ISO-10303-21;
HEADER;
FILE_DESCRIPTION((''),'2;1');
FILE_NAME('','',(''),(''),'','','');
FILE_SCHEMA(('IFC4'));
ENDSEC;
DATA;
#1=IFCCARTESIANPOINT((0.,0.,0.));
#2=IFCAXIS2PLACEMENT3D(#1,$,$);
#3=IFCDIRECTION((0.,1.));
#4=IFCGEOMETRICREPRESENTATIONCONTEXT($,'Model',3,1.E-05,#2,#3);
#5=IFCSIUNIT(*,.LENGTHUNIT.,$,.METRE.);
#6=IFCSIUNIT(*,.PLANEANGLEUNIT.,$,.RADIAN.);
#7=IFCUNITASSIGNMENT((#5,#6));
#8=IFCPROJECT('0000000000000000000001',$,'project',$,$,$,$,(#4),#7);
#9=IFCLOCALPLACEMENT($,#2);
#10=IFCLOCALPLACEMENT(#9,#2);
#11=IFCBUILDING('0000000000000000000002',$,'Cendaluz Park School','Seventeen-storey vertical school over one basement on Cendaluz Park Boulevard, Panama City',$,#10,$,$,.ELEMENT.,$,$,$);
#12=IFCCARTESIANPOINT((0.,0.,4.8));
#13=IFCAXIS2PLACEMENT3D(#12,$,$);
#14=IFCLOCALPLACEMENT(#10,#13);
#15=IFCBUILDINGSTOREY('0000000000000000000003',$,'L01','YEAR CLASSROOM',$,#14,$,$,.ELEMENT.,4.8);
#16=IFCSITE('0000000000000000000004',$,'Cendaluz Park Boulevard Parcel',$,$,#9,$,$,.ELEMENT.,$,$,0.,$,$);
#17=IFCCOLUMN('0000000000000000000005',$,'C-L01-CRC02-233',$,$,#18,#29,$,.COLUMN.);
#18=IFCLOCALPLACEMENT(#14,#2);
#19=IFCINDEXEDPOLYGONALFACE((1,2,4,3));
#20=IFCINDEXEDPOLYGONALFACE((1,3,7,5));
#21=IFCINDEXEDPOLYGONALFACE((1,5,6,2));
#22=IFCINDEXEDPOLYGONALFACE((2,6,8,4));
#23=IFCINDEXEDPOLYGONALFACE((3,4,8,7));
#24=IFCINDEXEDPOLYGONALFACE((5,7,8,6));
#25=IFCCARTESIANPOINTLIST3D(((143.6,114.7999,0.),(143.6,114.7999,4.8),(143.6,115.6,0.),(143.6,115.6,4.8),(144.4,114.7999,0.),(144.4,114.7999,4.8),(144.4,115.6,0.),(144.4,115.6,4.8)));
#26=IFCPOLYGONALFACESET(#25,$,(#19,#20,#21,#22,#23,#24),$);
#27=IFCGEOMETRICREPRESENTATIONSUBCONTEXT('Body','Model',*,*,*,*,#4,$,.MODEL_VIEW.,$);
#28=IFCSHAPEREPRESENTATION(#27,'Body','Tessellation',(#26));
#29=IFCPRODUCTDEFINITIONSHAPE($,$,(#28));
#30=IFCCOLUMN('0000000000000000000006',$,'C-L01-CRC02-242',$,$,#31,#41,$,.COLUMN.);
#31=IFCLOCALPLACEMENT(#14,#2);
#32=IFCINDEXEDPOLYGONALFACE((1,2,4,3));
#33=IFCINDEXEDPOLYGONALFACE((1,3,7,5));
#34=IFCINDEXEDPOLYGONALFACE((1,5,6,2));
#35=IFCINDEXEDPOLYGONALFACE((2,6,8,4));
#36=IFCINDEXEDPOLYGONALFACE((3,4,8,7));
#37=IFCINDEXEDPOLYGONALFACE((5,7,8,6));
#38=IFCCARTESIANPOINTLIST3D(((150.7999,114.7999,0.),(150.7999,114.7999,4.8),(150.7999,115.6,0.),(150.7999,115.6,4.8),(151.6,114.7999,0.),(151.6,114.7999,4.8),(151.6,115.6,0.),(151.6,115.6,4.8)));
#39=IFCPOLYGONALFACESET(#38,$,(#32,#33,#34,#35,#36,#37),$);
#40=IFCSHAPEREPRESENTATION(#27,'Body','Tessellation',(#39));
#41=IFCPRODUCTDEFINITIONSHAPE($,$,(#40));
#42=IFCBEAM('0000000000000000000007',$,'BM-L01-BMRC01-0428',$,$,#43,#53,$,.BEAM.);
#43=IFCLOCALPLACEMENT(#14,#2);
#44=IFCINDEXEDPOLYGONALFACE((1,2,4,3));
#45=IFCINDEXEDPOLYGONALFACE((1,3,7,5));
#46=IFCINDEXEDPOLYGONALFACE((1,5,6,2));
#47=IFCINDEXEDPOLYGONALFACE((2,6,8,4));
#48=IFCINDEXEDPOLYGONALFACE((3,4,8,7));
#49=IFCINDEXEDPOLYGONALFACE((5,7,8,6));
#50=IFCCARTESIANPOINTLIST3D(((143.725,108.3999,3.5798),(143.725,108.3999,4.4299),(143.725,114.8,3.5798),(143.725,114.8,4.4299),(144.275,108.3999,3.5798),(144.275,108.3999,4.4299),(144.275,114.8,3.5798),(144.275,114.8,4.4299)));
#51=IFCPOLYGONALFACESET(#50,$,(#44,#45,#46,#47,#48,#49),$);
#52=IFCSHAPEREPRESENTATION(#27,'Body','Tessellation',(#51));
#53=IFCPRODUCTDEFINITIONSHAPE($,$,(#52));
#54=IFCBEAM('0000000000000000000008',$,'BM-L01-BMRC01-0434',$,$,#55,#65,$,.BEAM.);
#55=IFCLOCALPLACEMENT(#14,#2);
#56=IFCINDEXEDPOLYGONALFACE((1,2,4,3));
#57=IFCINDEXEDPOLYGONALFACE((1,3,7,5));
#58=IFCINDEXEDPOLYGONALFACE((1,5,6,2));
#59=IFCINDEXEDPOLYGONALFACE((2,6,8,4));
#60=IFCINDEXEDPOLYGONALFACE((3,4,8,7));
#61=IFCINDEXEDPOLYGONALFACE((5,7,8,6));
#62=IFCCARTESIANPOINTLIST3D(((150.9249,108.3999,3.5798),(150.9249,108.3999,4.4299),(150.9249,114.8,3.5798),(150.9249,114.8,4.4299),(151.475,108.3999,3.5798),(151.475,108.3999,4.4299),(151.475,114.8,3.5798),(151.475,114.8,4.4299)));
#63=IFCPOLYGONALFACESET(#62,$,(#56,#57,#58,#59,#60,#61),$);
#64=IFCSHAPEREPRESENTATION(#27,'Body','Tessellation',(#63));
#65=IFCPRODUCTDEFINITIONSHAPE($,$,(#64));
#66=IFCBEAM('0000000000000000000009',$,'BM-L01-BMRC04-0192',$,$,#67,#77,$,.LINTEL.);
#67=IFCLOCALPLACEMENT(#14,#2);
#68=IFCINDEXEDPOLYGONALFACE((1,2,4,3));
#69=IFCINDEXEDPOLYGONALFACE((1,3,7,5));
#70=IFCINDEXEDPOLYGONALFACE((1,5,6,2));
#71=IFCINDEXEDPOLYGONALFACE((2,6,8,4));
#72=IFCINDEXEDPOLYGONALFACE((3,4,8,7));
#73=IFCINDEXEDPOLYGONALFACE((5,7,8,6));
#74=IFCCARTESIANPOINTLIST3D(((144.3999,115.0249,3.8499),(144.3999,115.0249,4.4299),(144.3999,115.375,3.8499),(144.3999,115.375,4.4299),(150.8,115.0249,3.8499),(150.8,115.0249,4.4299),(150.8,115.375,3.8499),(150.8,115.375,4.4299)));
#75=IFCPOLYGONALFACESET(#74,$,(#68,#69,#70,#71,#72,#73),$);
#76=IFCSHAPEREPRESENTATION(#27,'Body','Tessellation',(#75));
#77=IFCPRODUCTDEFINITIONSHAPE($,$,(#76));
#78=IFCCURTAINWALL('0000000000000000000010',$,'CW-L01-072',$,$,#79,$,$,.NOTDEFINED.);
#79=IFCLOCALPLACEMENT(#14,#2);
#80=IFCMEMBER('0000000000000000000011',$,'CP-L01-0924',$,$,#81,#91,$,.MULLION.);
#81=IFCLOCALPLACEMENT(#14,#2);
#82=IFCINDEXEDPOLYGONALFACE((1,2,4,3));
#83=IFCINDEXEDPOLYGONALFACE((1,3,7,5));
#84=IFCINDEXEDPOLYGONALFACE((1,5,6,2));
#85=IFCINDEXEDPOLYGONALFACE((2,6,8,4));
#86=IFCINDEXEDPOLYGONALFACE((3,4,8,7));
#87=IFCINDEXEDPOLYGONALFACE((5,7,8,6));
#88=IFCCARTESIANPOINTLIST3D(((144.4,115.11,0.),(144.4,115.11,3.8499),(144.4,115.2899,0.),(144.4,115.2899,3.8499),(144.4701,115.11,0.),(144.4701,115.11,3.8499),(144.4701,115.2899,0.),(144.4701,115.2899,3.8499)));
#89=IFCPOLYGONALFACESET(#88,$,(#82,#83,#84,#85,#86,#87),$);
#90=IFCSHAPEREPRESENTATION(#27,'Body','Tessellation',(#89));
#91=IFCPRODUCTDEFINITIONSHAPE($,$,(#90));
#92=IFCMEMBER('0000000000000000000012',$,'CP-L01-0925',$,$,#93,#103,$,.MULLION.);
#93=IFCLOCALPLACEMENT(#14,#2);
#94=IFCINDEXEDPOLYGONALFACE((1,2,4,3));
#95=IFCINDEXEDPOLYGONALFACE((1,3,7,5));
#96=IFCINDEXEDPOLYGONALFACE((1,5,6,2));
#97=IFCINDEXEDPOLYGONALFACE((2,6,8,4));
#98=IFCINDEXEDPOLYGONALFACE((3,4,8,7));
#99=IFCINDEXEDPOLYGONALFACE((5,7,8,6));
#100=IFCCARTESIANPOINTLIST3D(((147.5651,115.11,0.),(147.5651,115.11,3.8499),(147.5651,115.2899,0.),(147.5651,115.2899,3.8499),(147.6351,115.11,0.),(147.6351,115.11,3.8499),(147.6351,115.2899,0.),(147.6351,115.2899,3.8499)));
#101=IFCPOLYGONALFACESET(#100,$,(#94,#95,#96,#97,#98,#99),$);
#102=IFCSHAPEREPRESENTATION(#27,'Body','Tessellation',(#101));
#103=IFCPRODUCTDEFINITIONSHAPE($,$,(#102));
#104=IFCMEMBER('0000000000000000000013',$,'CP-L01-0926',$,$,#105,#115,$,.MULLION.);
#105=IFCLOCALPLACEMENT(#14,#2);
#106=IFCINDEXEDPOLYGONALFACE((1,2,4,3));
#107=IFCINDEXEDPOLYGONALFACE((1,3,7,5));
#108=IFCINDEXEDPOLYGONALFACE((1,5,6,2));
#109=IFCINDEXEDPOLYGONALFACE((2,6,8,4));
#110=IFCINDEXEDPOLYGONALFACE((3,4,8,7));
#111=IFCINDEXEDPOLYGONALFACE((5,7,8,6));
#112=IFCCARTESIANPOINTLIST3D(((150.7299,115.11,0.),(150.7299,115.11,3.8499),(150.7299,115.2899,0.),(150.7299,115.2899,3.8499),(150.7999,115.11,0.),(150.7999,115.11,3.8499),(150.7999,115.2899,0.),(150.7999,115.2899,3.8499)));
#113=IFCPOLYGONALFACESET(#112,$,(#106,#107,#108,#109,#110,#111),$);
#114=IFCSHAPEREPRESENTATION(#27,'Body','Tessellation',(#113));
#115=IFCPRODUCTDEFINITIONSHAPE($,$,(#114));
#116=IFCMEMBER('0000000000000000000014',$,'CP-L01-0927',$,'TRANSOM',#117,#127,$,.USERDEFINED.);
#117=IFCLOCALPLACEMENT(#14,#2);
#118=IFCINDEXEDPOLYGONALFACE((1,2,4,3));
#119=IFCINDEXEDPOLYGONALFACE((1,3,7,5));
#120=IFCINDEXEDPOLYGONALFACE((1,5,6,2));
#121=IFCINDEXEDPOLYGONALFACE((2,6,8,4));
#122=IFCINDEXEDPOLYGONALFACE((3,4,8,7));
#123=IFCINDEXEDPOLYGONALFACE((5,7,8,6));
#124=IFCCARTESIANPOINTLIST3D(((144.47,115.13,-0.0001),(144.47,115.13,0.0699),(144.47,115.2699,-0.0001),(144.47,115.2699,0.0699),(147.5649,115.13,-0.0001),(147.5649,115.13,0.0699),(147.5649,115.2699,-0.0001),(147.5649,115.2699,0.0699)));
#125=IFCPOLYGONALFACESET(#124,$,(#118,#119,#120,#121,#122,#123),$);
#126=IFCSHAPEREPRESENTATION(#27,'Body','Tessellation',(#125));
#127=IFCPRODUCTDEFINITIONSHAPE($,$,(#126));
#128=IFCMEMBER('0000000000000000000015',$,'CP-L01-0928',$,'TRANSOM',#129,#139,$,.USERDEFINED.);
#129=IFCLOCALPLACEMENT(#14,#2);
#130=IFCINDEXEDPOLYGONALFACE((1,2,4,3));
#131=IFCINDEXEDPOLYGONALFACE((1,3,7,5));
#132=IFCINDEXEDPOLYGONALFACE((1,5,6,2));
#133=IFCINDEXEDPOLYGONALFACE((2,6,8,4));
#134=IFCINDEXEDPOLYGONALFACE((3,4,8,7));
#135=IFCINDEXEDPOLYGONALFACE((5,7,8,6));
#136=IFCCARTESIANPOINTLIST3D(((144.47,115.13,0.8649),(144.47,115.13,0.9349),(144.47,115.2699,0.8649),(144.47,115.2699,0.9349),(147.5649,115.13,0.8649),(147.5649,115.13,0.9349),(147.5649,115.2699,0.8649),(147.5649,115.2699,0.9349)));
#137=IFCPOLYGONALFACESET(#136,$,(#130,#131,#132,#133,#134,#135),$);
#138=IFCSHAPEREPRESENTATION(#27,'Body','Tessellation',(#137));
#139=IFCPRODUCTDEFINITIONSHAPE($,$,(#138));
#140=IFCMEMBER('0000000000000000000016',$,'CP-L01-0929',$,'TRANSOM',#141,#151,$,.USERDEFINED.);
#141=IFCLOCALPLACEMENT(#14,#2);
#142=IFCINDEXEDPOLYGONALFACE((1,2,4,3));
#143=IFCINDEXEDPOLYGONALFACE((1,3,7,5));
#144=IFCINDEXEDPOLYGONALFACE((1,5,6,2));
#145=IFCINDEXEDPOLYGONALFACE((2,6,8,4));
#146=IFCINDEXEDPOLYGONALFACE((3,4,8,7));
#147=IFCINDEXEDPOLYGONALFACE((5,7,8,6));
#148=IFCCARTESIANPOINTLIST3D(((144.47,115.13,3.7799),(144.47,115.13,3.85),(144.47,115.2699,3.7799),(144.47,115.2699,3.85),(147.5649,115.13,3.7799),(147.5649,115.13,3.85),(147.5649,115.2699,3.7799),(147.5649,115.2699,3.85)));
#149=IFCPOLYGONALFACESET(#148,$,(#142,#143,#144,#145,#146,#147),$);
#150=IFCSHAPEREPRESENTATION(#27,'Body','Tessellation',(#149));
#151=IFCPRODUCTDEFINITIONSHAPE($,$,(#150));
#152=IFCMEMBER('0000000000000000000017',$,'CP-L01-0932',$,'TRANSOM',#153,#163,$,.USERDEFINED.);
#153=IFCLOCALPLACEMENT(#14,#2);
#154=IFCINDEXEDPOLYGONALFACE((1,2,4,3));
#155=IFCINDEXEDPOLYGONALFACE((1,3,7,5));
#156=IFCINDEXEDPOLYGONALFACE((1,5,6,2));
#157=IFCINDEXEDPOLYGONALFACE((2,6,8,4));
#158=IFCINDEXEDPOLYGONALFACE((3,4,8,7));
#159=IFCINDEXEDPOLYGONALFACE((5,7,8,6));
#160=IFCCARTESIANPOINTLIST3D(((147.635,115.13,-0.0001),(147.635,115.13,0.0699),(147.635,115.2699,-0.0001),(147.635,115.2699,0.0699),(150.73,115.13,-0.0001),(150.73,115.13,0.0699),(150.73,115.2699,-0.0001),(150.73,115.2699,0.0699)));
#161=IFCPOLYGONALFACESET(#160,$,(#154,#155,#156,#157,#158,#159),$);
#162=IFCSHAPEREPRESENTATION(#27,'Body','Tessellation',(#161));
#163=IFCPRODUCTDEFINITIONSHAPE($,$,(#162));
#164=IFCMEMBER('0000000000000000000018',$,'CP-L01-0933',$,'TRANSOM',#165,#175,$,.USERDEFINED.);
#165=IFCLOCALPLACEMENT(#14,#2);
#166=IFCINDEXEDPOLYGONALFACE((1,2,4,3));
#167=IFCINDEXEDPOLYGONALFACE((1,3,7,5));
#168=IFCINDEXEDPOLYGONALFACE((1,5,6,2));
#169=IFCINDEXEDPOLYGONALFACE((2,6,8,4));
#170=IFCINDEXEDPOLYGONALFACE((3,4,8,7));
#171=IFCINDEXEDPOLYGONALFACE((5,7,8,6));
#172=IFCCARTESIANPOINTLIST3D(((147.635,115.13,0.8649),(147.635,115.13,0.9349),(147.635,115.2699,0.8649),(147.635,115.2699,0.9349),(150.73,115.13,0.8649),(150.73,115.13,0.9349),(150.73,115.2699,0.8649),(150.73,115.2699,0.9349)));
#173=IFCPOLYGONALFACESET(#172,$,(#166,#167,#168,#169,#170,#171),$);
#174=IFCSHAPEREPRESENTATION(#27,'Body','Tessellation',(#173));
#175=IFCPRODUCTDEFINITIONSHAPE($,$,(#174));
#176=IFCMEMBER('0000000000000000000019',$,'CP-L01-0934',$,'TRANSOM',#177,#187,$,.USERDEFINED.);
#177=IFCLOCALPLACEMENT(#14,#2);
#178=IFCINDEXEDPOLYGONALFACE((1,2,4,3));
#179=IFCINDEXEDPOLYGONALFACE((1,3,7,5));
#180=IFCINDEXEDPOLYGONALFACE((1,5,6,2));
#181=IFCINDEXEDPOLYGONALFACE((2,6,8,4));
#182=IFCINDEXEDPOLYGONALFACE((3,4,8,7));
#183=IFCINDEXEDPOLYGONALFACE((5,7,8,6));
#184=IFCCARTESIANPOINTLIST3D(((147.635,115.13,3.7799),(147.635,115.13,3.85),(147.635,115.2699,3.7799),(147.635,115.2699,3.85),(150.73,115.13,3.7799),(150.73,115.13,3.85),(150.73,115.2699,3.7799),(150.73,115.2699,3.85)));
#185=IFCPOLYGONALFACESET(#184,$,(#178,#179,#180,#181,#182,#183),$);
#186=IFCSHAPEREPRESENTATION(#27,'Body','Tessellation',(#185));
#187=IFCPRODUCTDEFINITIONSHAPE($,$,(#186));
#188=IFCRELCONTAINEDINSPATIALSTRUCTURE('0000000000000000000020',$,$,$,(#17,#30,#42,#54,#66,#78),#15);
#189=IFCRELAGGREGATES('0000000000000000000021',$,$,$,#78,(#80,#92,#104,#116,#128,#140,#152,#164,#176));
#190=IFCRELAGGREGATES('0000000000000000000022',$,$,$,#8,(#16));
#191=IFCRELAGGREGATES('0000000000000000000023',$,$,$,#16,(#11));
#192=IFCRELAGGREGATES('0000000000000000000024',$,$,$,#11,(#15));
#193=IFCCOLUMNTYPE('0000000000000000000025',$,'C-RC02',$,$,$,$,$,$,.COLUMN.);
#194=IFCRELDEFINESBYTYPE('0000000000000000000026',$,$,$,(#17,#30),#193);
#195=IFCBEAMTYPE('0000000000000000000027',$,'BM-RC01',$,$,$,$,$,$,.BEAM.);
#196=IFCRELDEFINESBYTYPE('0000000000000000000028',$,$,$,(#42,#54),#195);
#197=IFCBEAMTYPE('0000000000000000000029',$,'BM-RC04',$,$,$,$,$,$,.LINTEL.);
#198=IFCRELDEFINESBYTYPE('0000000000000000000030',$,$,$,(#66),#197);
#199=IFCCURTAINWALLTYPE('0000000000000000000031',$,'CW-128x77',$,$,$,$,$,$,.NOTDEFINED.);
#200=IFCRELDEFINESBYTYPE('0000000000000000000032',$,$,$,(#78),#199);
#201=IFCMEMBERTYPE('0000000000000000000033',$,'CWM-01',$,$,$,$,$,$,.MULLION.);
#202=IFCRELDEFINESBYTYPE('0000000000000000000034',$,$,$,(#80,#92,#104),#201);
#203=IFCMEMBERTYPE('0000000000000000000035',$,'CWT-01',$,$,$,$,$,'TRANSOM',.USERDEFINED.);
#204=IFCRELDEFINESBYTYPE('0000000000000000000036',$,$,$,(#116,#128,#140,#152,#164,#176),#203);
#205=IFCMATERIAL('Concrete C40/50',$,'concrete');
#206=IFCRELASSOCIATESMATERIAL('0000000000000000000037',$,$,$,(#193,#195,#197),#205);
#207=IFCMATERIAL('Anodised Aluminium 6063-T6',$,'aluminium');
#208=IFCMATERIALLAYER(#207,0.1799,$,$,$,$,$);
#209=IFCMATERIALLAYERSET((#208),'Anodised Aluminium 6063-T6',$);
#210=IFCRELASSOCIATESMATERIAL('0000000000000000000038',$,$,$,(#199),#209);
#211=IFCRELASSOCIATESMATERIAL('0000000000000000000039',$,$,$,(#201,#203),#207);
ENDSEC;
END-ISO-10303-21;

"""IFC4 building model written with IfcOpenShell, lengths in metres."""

from ifc_helpers import new_model, si_unit, direction, frame, origin, origin_2d, place, context, subcontext, project, spatial, rectangle, extrude, material, layer, layer_set, material_profile, profile_set, type_object, element, aggregate, save


model = new_model("IFC4")

# Units and contexts
model_context = context("Model", 3, precision=1e-05, world=origin(), true_north=direction((0.0, 1.0)))
body_context = subcontext(model_context, "Body", "Model", "MODEL_VIEW")
ifc_project = project(units=[si_unit("LENGTHUNIT", "METRE"), si_unit("PLANEANGLEUNIT", "RADIAN")], contexts=[model_context])

# Site, building, storey
site_placement = place(None, origin())
site = spatial("IfcSite", under=ifc_project, at=site_placement, Name="Cendaluz Park Boulevard Parcel", CompositionType="ELEMENT", RefElevation=0.0)
building_placement = place(site_placement, origin())
building = spatial("IfcBuilding", under=site, at=building_placement, Name="Cendaluz Park School", Description="Seventeen-storey vertical school over one basement on Cendaluz Park Boulevard, Panama City", CompositionType="ELEMENT")
storey_placement = place(building_placement, frame((0.0, 0.0, 4.8)))
storey = spatial("IfcBuildingStorey", under=building, at=storey_placement, Name="L01", Description="YEAR CLASSROOM", CompositionType="ELEMENT", Elevation=4.8)

# Columns
ifc_material_1 = material(Name="Concrete C40/50", Category="concrete")
ifc_material_profile_1 = material_profile(ifc_material_1, rectangle(XDim=0.8, YDim=0.8, at=origin_2d()), Name="RC 800x800", Category="concrete")
ifc_profile_set_1 = profile_set([ifc_material_profile_1], Name="Concrete C40/50")
column_type = type_object("IfcColumnType", Name="C-RC02", PredefinedType="COLUMN", material=ifc_profile_set_1)
for number, where, z_axis, x_axis, name in (
    (1, (144.0, 115.2, 0.0), (0.0, 0.0, 1.0), (1.0, 0.0, 0.0), "C-L01-CRC02-233"),
    (2, (151.2, 115.2, 0.0), (0.0, 0.0, 1.0), (1.0, 0.0, 0.0), "C-L01-CRC02-242"),
):
    element("IfcColumn", number, at=place(storey_placement, frame(where, z_axis=z_axis, x_axis=x_axis)), inside=storey, type_object=column_type, Name=name, PredefinedType="COLUMN", context=body_context, shape_type="SweptSolid", body=[
        extrude(rectangle(XDim=0.8, YDim=0.8, at=origin_2d()), origin(), (0.0, 0.0, 1.0), 4.8),
    ])

# Beams
ifc_material_profile_2 = material_profile(ifc_material_1, rectangle(XDim=0.55, YDim=0.8501, at=origin_2d()), Name="RC 550x850", Category="concrete")
ifc_profile_set_2 = profile_set([ifc_material_profile_2], Name="Concrete C40/50")
beam_type_1 = type_object("IfcBeamType", Name="BM-RC01", PredefinedType="BEAM", material=ifc_profile_set_2)
for number, where, z_axis, x_axis, name in (
    (3, (144.0, 108.3999, 4.0049), (0.0, 1.0, 0.0), (-1.0, 0.0, 0.0), "BM-L01-BMRC01-0428"),
    (4, (151.2, 108.3999, 4.0049), (0.0, 1.0, 0.0), (-1.0, 0.0, 0.0), "BM-L01-BMRC01-0434"),
):
    element("IfcBeam", number, at=place(storey_placement, frame(where, z_axis=z_axis, x_axis=x_axis)), inside=storey, type_object=beam_type_1, Name=name, PredefinedType="BEAM", context=body_context, shape_type="SweptSolid", body=[
        extrude(rectangle(XDim=0.55, YDim=0.8501, at=origin_2d()), origin(), (0.0, 0.0, 1.0), 6.4001),
    ])
ifc_material_profile_3 = material_profile(ifc_material_1, rectangle(XDim=0.3501, YDim=0.5801, at=origin_2d()), Name="RC 350x580", Category="concrete")
ifc_profile_set_3 = profile_set([ifc_material_profile_3], Name="Concrete C40/50")
beam_type_2 = type_object("IfcBeamType", Name="BM-RC04", PredefinedType="LINTEL", material=ifc_profile_set_3)
beam_placement = place(storey_placement, frame((144.3999, 115.2, 4.1399), z_axis=(1.0, 0.0, 0.0), x_axis=(0.0, 1.0, 0.0)))
element("IfcBeam", 5, at=beam_placement, inside=storey, type_object=beam_type_2, Name="BM-L01-BMRC04-0192", PredefinedType="LINTEL", context=body_context, shape_type="SweptSolid", body=[
    extrude(rectangle(XDim=0.3501, YDim=0.5801, at=origin_2d()), origin(), (0.0, 0.0, 1.0), 6.4001),
])

# Curtain wall, members
ifc_material_2 = material(Name="Anodised Aluminium 6063-T6", Category="aluminium")
ifc_layer_1 = layer(ifc_material_2, 0.1799)
ifc_layer_set_1 = layer_set([ifc_layer_1], Name="Anodised Aluminium 6063-T6")
curtain_wall_type = type_object("IfcCurtainWallType", Name="CW-128x77", PredefinedType="NOTDEFINED", material=ifc_layer_set_1)
curtain_wall_placement = place(storey_placement, origin())
curtain_wall = element("IfcCurtainWall", 6, at=curtain_wall_placement, inside=storey, type_object=curtain_wall_type, Name="CW-L01-072", PredefinedType="NOTDEFINED")
ifc_material_profile_4 = material_profile(ifc_material_2, rectangle(XDim=0.1799, YDim=0.0701, at=origin_2d()), Name="CWM 180x70", Category="aluminium")
ifc_profile_set_4 = profile_set([ifc_material_profile_4], Name="Anodised Aluminium 6063-T6")
member_type_1 = type_object("IfcMemberType", Name="CWM-01", PredefinedType="MULLION", material=ifc_profile_set_4)
member_1_placement = place(storey_placement, frame((144.4351, 115.2, 0.0), z_axis=(0.0, 0.0, 1.0), x_axis=(0.0, 1.0, 0.0)))
member_1 = element("IfcMember", 7, at=member_1_placement, type_object=member_type_1, Name="CP-L01-0924", PredefinedType="MULLION", context=body_context, shape_type="SweptSolid", body=[
    extrude(rectangle(XDim=0.1799, YDim=0.0701, at=origin_2d()), origin(), (0.0, 0.0, 1.0), 3.8499),
])
member_2_placement = place(storey_placement, frame((147.6001, 115.2, 0.0), z_axis=(0.0, 0.0, 1.0), x_axis=(0.0, 1.0, 0.0)))
member_2 = element("IfcMember", 8, at=member_2_placement, type_object=member_type_1, Name="CP-L01-0925", PredefinedType="MULLION", context=body_context, shape_type="SweptSolid", body=[
    extrude(rectangle(XDim=0.1799, YDim=0.0701, at=origin_2d()), origin(), (0.0, 0.0, 1.0), 3.8499),
])
member_3_placement = place(storey_placement, frame((150.7649, 115.2, 0.0), z_axis=(0.0, 0.0, 1.0), x_axis=(0.0, 1.0, 0.0)))
member_3 = element("IfcMember", 9, at=member_3_placement, type_object=member_type_1, Name="CP-L01-0926", PredefinedType="MULLION", context=body_context, shape_type="SweptSolid", body=[
    extrude(rectangle(XDim=0.1799, YDim=0.0701, at=origin_2d()), origin(), (0.0, 0.0, 1.0), 3.8499),
])
ifc_material_profile_5 = material_profile(ifc_material_2, rectangle(XDim=0.1399, YDim=0.0701, at=origin_2d()), Name="CWT 140x70", Category="aluminium")
ifc_profile_set_5 = profile_set([ifc_material_profile_5], Name="Anodised Aluminium 6063-T6")
member_type_2 = type_object("IfcMemberType", Name="CWT-01", ElementType="TRANSOM", PredefinedType="USERDEFINED", material=ifc_profile_set_5)
member_4_placement = place(storey_placement, frame((144.47, 115.2, 0.0349), z_axis=(1.0, 0.0, 0.0), x_axis=(0.0, 1.0, 0.0)))
member_4 = element("IfcMember", 10, at=member_4_placement, type_object=member_type_2, Name="CP-L01-0927", ObjectType="TRANSOM", PredefinedType="USERDEFINED", context=body_context, shape_type="SweptSolid", body=[
    extrude(rectangle(XDim=0.1399, YDim=0.0701, at=origin_2d()), origin(), (0.0, 0.0, 1.0), 3.095),
])
member_5_placement = place(storey_placement, frame((144.47, 115.2, 0.8999), z_axis=(1.0, 0.0, 0.0), x_axis=(0.0, 1.0, 0.0)))
member_5 = element("IfcMember", 11, at=member_5_placement, type_object=member_type_2, Name="CP-L01-0928", ObjectType="TRANSOM", PredefinedType="USERDEFINED", context=body_context, shape_type="SweptSolid", body=[
    extrude(rectangle(XDim=0.1399, YDim=0.0701, at=origin_2d()), origin(), (0.0, 0.0, 1.0), 3.095),
])
member_6_placement = place(storey_placement, frame((144.47, 115.2, 3.8149), z_axis=(1.0, 0.0, 0.0), x_axis=(0.0, 1.0, 0.0)))
member_6 = element("IfcMember", 12, at=member_6_placement, type_object=member_type_2, Name="CP-L01-0929", ObjectType="TRANSOM", PredefinedType="USERDEFINED", context=body_context, shape_type="SweptSolid", body=[
    extrude(rectangle(XDim=0.1399, YDim=0.0701, at=origin_2d()), origin(), (0.0, 0.0, 1.0), 3.095),
])
member_7_placement = place(storey_placement, frame((147.635, 115.2, 0.0349), z_axis=(1.0, 0.0, 0.0), x_axis=(0.0, 1.0, 0.0)))
member_7 = element("IfcMember", 13, at=member_7_placement, type_object=member_type_2, Name="CP-L01-0932", ObjectType="TRANSOM", PredefinedType="USERDEFINED", context=body_context, shape_type="SweptSolid", body=[
    extrude(rectangle(XDim=0.1399, YDim=0.0701, at=origin_2d()), origin(), (0.0, 0.0, 1.0), 3.095),
])
member_8_placement = place(storey_placement, frame((147.635, 115.2, 0.8999), z_axis=(1.0, 0.0, 0.0), x_axis=(0.0, 1.0, 0.0)))
member_8 = element("IfcMember", 14, at=member_8_placement, type_object=member_type_2, Name="CP-L01-0933", ObjectType="TRANSOM", PredefinedType="USERDEFINED", context=body_context, shape_type="SweptSolid", body=[
    extrude(rectangle(XDim=0.1399, YDim=0.0701, at=origin_2d()), origin(), (0.0, 0.0, 1.0), 3.095),
])
member_9_placement = place(storey_placement, frame((147.635, 115.2, 3.8149), z_axis=(1.0, 0.0, 0.0), x_axis=(0.0, 1.0, 0.0)))
member_9 = element("IfcMember", 15, at=member_9_placement, type_object=member_type_2, Name="CP-L01-0934", ObjectType="TRANSOM", PredefinedType="USERDEFINED", context=body_context, shape_type="SweptSolid", body=[
    extrude(rectangle(XDim=0.1399, YDim=0.0701, at=origin_2d()), origin(), (0.0, 0.0, 1.0), 3.095),
])
aggregate(curtain_wall, [member_1, member_2, member_3, member_4, member_5, member_6, member_7, member_8, member_9])

save(model, "model.ifc")
